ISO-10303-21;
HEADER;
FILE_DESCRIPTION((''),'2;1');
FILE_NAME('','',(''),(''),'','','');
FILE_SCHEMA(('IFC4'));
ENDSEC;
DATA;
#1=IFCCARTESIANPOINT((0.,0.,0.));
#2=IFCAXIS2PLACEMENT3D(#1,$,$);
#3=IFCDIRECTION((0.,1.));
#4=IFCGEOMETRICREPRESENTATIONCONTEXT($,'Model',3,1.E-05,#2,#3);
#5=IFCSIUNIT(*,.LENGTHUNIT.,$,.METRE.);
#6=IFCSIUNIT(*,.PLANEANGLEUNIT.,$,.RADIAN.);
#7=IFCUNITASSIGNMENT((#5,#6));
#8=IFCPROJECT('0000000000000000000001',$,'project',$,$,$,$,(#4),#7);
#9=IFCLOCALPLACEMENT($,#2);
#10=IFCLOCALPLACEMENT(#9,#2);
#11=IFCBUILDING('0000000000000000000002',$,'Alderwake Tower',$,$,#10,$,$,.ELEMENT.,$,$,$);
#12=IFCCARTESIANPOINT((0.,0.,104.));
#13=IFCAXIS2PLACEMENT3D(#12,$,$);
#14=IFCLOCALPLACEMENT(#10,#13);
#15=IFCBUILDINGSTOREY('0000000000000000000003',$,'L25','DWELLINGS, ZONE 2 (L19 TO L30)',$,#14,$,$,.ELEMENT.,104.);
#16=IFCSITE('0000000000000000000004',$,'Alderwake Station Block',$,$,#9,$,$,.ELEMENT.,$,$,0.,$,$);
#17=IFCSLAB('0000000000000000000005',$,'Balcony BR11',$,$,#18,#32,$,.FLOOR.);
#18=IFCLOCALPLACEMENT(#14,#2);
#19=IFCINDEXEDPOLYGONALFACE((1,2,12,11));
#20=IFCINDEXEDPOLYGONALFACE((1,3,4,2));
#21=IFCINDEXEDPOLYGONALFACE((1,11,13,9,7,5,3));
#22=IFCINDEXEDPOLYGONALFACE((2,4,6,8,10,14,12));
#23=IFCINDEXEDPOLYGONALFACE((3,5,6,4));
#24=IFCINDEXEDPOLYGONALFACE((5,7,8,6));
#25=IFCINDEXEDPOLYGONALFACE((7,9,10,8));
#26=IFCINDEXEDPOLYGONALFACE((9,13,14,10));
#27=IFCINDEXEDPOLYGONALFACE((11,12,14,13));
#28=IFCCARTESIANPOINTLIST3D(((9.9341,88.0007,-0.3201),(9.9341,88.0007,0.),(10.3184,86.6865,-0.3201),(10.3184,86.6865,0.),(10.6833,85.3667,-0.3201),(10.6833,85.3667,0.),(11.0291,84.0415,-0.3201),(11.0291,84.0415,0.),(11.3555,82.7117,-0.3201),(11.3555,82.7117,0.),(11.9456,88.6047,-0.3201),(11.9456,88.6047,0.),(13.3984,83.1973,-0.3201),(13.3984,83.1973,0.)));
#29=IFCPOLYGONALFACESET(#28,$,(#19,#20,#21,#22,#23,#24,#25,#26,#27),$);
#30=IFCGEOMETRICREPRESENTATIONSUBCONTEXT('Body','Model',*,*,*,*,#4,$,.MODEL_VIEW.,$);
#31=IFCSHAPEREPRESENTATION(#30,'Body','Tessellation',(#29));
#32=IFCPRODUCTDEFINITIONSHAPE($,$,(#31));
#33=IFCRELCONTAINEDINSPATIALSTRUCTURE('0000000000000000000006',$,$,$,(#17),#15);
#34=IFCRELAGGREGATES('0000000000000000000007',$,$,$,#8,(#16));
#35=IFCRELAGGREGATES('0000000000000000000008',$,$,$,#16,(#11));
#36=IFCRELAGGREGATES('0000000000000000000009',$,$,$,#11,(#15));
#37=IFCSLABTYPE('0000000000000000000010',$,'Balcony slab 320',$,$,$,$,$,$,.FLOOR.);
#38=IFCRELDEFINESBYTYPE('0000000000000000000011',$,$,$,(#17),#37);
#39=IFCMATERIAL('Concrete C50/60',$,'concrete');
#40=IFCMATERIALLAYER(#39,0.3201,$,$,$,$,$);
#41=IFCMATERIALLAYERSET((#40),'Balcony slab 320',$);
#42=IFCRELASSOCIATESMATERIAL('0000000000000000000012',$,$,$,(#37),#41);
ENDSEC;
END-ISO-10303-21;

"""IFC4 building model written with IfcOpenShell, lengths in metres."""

from ifc_helpers import new_model, si_unit, direction, frame, origin, place, context, subcontext, project, spatial, polyline, outline, extrude, material, layer, layer_set, type_object, element, save


model = new_model("IFC4")

# Units and contexts
model_context = context("Model", 3, precision=1e-05, world=origin(), true_north=direction((0.0, 1.0)))
body_context = subcontext(model_context, "Body", "Model", "MODEL_VIEW")
ifc_project = project(units=[si_unit("LENGTHUNIT", "METRE"), si_unit("PLANEANGLEUNIT", "RADIAN")], contexts=[model_context])

# Site, building, storey
site_placement = place(None, origin())
site = spatial("IfcSite", under=ifc_project, at=site_placement, Name="Alderwake Station Block", CompositionType="ELEMENT", RefElevation=0.0)
building_placement = place(site_placement, origin())
building = spatial("IfcBuilding", under=site, at=building_placement, Name="Alderwake Tower", CompositionType="ELEMENT")
storey_placement = place(building_placement, frame((0.0, 0.0, 104.0)))
storey = spatial("IfcBuildingStorey", under=building, at=storey_placement, Name="L25", Description="DWELLINGS, ZONE 2 (L19 TO L30)", CompositionType="ELEMENT", Elevation=104.0)

# Slab
ifc_material_1 = material(Name="Concrete C50/60", Category="concrete")
ifc_layer_1 = layer(ifc_material_1, 0.3201)
ifc_layer_set_1 = layer_set([ifc_layer_1], Name="Balcony slab 320")
slab_type_1 = type_object("IfcSlabType", Name="Balcony slab 320", PredefinedType="FLOOR", material=ifc_layer_set_1)
slab_1_placement = place(storey_placement, frame((0.0, 0.0, -0.3201)))
element("IfcSlab", 1, at=slab_1_placement, inside=storey, type_object=slab_type_1, Name="Balcony BR11", PredefinedType="FLOOR", context=body_context, shape_type="SweptSolid", body=[
    extrude(outline(polyline([(11.3555, 82.7117), (13.3984, 83.1973), (11.9456, 88.6047), (9.9341, 88.0007), (10.3184, 86.6865), (10.6833, 85.3667), (11.0291, 84.0415), (11.3555, 82.7117)])), origin(), (0.0, 0.0, 1.0), 0.3201),
])

save(model, "model.ifc")
